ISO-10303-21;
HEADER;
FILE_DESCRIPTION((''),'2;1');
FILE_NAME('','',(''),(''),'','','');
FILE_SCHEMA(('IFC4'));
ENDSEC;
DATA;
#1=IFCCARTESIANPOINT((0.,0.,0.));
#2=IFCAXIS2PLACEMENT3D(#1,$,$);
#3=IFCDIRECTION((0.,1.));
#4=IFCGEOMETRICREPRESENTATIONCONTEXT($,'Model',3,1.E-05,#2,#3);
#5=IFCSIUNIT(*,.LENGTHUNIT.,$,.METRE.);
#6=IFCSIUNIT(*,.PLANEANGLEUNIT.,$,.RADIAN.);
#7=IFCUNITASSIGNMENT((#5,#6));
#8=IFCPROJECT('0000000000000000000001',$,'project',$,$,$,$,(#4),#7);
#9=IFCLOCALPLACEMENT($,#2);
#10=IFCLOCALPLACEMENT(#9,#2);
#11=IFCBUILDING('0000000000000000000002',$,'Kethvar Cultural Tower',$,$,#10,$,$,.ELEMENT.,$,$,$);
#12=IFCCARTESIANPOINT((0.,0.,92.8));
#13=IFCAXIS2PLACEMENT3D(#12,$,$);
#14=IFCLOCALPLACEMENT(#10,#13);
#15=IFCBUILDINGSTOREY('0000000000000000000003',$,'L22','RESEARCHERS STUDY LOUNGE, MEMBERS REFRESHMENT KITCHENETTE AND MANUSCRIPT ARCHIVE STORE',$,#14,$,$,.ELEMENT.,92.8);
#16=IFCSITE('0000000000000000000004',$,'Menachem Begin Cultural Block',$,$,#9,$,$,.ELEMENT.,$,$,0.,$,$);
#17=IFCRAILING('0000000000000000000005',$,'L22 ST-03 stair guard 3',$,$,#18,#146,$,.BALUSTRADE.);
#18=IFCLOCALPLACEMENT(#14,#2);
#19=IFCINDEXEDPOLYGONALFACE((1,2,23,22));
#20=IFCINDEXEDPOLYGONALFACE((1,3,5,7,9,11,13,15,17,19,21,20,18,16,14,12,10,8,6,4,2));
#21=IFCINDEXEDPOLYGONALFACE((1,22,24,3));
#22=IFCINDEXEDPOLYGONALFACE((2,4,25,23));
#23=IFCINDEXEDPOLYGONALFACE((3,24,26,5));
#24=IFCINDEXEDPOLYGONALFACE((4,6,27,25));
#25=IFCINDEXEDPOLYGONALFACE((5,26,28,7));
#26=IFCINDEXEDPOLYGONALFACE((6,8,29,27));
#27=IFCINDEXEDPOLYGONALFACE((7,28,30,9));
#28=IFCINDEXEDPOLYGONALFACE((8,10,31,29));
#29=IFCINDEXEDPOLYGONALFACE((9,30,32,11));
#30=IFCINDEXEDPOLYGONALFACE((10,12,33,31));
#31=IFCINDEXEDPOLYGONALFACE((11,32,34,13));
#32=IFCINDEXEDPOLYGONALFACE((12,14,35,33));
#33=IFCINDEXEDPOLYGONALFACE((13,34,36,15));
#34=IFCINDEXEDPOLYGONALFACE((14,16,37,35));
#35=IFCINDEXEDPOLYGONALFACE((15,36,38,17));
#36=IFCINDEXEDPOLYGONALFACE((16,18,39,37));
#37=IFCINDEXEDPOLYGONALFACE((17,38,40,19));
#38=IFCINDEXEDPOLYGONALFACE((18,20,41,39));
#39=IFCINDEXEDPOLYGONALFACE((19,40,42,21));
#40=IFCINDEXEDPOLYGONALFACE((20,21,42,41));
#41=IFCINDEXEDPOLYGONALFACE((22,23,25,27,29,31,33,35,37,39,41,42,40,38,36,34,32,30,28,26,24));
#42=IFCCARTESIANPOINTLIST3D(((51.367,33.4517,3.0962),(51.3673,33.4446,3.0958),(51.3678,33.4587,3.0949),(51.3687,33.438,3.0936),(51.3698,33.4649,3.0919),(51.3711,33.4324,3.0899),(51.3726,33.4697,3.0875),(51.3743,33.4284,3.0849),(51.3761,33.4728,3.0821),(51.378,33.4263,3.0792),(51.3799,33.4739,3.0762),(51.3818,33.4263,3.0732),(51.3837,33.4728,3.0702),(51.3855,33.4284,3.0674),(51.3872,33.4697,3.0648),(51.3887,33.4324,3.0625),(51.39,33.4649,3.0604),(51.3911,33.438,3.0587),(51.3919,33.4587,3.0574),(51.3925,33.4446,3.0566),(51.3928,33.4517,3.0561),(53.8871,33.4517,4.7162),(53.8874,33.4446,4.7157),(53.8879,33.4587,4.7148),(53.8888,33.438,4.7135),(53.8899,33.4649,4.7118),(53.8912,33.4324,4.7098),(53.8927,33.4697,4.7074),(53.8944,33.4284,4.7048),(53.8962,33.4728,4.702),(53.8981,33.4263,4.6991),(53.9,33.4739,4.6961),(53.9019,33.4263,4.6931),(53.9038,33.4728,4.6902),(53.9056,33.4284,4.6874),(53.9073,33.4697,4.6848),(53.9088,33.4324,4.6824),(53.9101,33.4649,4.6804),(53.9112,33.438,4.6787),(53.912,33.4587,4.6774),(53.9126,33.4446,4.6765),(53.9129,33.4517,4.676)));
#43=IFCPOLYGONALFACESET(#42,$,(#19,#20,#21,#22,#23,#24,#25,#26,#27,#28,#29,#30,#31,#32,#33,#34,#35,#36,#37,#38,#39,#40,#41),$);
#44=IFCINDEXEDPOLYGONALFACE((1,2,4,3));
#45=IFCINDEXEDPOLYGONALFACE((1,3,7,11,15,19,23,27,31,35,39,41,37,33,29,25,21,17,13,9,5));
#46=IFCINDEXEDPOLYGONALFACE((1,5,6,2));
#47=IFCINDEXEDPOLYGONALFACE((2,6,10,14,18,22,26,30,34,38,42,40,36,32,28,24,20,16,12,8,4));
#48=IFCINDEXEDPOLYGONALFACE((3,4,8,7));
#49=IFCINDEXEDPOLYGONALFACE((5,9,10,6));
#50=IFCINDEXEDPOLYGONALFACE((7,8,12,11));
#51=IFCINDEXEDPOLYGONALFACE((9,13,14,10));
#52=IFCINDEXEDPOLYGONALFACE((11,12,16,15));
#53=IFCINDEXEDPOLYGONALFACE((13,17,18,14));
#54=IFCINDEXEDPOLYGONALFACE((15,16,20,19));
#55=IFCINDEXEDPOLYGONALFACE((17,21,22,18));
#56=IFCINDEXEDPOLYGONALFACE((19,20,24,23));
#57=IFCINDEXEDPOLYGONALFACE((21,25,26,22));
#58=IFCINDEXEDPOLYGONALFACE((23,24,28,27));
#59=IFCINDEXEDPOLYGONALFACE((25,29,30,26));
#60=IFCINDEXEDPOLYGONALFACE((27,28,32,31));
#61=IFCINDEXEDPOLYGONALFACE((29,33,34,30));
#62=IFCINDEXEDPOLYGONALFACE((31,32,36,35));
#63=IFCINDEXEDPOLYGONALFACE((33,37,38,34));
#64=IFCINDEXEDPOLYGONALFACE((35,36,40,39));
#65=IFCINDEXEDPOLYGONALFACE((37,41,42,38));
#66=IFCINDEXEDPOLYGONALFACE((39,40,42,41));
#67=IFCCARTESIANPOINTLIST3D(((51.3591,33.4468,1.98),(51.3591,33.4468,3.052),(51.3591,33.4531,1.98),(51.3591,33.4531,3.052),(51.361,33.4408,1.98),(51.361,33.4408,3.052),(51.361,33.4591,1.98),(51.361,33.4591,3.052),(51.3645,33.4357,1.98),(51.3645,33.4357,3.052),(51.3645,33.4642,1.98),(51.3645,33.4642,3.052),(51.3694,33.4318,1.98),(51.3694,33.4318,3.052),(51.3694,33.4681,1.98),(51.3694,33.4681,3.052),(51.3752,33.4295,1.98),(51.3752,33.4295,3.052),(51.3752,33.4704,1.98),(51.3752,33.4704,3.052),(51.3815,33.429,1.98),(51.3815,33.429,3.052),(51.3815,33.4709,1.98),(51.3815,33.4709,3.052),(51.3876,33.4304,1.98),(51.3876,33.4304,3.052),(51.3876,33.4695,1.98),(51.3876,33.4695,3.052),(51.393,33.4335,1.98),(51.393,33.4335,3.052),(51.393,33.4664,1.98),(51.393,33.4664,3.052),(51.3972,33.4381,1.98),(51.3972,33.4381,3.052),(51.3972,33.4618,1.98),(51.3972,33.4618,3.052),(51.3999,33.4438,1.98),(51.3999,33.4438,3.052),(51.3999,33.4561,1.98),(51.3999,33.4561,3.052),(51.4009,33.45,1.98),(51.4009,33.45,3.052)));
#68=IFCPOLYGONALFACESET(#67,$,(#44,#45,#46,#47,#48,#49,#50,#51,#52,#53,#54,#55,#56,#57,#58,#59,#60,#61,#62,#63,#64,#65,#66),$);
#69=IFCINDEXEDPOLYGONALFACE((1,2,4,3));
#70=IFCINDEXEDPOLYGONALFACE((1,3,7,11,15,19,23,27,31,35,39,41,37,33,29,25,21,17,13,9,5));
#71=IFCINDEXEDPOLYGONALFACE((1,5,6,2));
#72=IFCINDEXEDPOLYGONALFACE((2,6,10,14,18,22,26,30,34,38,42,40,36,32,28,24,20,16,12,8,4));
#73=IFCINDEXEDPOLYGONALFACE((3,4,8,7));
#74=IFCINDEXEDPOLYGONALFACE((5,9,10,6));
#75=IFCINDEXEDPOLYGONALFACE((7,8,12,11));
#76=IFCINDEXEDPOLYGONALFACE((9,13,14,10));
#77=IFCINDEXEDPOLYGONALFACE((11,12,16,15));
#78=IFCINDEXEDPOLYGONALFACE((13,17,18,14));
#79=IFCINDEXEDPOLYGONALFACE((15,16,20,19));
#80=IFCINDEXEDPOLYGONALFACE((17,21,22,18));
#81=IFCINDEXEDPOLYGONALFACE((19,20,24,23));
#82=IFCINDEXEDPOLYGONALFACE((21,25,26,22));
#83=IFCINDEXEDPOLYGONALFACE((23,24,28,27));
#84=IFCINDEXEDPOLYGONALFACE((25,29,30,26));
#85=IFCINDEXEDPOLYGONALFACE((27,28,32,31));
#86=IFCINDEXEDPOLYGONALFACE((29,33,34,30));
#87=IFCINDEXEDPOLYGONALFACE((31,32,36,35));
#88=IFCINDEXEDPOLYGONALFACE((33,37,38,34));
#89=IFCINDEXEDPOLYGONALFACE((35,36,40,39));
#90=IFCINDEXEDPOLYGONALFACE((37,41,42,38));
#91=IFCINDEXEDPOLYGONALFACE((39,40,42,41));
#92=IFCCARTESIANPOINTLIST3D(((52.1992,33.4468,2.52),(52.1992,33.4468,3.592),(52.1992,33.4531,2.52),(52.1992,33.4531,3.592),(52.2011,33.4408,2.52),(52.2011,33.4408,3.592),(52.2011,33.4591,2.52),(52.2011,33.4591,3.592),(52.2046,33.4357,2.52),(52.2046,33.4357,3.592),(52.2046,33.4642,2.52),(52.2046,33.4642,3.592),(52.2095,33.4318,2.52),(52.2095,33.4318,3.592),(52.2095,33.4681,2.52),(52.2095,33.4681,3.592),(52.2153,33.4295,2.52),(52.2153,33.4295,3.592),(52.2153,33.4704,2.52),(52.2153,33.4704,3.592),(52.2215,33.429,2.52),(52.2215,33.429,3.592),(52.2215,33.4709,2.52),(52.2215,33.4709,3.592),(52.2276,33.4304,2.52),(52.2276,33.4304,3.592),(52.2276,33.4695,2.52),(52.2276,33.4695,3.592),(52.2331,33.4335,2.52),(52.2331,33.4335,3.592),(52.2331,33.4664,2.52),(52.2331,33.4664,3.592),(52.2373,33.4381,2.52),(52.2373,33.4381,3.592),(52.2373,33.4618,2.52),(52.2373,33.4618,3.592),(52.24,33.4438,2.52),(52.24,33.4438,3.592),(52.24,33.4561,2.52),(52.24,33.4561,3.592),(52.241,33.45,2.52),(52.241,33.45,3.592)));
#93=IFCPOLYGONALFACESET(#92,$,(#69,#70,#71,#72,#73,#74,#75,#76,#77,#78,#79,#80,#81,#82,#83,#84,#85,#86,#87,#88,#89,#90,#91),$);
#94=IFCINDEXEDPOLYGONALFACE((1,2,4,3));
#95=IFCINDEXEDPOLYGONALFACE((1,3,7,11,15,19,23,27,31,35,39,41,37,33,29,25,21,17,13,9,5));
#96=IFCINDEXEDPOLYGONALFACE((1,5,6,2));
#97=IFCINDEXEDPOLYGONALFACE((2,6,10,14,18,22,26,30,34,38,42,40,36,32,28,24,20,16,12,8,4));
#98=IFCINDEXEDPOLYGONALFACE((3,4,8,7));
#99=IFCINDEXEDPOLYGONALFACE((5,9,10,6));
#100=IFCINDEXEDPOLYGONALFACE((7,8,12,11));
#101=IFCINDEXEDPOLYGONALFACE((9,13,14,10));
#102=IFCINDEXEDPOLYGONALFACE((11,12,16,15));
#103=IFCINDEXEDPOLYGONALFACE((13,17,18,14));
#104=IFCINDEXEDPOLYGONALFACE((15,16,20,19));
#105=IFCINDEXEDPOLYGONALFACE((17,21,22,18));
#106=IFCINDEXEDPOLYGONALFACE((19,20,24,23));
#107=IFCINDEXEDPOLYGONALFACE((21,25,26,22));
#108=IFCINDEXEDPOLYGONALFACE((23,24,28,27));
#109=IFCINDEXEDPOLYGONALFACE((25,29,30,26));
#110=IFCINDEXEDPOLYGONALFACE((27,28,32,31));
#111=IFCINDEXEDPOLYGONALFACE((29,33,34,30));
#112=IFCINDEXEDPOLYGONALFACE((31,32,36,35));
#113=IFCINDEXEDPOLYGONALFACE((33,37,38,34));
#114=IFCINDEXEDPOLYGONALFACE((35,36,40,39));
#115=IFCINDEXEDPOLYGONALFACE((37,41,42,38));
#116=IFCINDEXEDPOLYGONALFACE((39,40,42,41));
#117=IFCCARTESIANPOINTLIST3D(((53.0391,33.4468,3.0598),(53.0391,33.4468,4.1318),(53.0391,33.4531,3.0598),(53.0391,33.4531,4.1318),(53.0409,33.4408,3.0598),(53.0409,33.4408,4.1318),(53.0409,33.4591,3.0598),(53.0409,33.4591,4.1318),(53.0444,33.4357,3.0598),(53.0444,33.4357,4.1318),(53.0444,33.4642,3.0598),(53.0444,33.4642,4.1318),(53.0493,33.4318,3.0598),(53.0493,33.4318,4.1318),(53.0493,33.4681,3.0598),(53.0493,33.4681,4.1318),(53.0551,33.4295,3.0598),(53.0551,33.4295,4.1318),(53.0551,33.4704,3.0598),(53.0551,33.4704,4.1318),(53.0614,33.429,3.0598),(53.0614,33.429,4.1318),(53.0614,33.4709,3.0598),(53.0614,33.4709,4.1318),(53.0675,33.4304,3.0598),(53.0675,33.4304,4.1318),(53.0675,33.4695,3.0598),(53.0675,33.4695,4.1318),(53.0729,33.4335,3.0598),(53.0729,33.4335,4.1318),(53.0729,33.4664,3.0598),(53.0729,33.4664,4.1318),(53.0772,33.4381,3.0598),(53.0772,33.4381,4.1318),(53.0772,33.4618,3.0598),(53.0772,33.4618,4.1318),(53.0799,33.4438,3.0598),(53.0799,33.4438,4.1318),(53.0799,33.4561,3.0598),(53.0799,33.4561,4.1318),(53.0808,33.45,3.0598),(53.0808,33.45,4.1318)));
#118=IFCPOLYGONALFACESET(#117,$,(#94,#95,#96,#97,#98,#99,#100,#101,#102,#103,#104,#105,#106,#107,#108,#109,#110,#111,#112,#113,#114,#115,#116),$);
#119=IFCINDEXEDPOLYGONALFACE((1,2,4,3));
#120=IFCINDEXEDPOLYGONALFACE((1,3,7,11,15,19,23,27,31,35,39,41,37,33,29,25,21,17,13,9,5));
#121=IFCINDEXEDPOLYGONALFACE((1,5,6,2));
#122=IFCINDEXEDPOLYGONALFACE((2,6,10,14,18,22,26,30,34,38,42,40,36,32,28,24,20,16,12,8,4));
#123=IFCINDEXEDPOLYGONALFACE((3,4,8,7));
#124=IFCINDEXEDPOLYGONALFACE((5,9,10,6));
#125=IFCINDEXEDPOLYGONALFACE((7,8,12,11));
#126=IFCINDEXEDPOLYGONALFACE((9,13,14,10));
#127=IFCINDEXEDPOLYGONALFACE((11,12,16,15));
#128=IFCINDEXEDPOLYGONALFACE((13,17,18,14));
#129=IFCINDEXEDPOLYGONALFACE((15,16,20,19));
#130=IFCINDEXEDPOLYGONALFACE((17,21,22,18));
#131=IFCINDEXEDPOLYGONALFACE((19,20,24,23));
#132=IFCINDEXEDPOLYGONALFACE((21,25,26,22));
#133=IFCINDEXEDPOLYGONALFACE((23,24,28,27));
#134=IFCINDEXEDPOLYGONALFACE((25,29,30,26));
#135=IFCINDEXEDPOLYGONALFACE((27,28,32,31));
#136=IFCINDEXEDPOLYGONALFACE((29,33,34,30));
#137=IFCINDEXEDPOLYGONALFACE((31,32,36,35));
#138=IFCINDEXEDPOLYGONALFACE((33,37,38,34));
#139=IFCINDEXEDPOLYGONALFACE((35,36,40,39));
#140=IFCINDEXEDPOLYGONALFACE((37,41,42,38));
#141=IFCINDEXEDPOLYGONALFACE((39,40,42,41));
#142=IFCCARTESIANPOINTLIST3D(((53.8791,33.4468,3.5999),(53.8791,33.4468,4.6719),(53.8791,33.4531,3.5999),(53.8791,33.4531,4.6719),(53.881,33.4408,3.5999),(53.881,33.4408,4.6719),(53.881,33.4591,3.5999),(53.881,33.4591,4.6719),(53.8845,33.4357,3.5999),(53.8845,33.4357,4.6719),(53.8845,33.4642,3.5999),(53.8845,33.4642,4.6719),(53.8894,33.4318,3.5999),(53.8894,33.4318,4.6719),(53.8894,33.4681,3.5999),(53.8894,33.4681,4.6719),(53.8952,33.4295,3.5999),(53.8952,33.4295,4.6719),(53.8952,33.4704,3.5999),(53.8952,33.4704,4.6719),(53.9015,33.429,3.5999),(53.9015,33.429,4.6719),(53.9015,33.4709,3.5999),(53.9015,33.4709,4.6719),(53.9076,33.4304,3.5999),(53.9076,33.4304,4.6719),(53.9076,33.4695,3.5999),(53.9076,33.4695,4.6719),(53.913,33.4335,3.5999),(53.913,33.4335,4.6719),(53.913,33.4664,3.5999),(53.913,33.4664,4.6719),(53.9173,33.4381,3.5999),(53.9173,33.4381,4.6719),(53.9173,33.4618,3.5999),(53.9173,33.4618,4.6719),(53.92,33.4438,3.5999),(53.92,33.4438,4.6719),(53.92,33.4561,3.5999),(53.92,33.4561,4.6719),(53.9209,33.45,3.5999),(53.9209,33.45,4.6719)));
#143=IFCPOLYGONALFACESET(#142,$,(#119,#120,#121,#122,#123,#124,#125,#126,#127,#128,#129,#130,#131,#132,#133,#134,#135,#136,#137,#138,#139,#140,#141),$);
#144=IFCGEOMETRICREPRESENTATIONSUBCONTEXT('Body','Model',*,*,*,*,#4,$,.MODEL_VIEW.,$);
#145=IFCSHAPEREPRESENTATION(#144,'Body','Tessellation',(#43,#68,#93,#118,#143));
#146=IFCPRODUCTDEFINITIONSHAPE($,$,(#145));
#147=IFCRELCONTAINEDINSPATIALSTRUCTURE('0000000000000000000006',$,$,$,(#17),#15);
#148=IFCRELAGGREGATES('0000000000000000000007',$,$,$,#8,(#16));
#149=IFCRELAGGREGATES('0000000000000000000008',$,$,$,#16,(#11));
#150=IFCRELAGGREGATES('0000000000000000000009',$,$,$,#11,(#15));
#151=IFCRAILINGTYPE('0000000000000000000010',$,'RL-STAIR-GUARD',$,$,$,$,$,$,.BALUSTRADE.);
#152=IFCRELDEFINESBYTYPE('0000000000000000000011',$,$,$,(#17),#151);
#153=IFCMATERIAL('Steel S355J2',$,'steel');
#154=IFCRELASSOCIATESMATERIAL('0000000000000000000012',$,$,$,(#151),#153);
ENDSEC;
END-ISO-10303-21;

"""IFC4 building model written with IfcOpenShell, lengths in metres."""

from ifc_helpers import new_model, si_unit, direction, frame, origin, origin_2d, place, context, subcontext, project, spatial, circle, extrude, material, type_object, element, save


model = new_model("IFC4")

# Units and contexts
model_context = context("Model", 3, precision=1e-05, world=origin(), true_north=direction((0.0, 1.0)))
body_context = subcontext(model_context, "Body", "Model", "MODEL_VIEW")
ifc_project = project(units=[si_unit("LENGTHUNIT", "METRE"), si_unit("PLANEANGLEUNIT", "RADIAN")], contexts=[model_context])

# Site, building, storey
site_placement = place(None, origin())
site = spatial("IfcSite", under=ifc_project, at=site_placement, Name="Menachem Begin Cultural Block", CompositionType="ELEMENT", RefElevation=0.0)
building_placement = place(site_placement, origin())
building = spatial("IfcBuilding", under=site, at=building_placement, Name="Kethvar Cultural Tower", CompositionType="ELEMENT")
storey_placement = place(building_placement, frame((0.0, 0.0, 92.8)))
storey = spatial("IfcBuildingStorey", under=building, at=storey_placement, Name="L22", Description="RESEARCHERS STUDY LOUNGE, MEMBERS REFRESHMENT KITCHENETTE AND MANUSCRIPT ARCHIVE STORE", CompositionType="ELEMENT", Elevation=92.8)

# Shared definitions
ifc_material_1 = material(Name="Steel S355J2", Category="steel")

# Railing
railing_type_1 = type_object("IfcRailingType", Name="RL-STAIR-GUARD", PredefinedType="BALUSTRADE", material=ifc_material_1)
railing_1_placement = place(storey_placement, frame((51.3799, 33.45, 1.98)))
element("IfcRailing", 1, at=railing_1_placement, inside=storey, type_object=railing_type_1, Name="L22 ST-03 stair guard 3", PredefinedType="BALUSTRADE", context=body_context, shape_type="SweptSolid", body=[
    extrude(circle(Radius=0.0239, at=origin_2d()), frame((0.0, 0.0, 1.0962), z_axis=(0.8412, 0.0, 0.540725), x_axis=(0.0, 1.0, 0.0)), (0.0, 0.0, 1.0), 2.9958),
    extrude(circle(Radius=0.021, at=origin_2d()), origin(), (0.0, 0.0, 1.0), 1.072),
    extrude(circle(Radius=0.021, at=origin_2d()), frame((0.8401, 0.0, 0.54)), (0.0, 0.0, 1.0), 1.072),
    extrude(circle(Radius=0.021, at=origin_2d()), frame((1.6799, 0.0, 1.0798)), (0.0, 0.0, 1.0), 1.072),
    extrude(circle(Radius=0.021, at=origin_2d()), frame((2.52, 0.0, 1.6199)), (0.0, 0.0, 1.0), 1.072),
])

save(model, "model.ifc")
